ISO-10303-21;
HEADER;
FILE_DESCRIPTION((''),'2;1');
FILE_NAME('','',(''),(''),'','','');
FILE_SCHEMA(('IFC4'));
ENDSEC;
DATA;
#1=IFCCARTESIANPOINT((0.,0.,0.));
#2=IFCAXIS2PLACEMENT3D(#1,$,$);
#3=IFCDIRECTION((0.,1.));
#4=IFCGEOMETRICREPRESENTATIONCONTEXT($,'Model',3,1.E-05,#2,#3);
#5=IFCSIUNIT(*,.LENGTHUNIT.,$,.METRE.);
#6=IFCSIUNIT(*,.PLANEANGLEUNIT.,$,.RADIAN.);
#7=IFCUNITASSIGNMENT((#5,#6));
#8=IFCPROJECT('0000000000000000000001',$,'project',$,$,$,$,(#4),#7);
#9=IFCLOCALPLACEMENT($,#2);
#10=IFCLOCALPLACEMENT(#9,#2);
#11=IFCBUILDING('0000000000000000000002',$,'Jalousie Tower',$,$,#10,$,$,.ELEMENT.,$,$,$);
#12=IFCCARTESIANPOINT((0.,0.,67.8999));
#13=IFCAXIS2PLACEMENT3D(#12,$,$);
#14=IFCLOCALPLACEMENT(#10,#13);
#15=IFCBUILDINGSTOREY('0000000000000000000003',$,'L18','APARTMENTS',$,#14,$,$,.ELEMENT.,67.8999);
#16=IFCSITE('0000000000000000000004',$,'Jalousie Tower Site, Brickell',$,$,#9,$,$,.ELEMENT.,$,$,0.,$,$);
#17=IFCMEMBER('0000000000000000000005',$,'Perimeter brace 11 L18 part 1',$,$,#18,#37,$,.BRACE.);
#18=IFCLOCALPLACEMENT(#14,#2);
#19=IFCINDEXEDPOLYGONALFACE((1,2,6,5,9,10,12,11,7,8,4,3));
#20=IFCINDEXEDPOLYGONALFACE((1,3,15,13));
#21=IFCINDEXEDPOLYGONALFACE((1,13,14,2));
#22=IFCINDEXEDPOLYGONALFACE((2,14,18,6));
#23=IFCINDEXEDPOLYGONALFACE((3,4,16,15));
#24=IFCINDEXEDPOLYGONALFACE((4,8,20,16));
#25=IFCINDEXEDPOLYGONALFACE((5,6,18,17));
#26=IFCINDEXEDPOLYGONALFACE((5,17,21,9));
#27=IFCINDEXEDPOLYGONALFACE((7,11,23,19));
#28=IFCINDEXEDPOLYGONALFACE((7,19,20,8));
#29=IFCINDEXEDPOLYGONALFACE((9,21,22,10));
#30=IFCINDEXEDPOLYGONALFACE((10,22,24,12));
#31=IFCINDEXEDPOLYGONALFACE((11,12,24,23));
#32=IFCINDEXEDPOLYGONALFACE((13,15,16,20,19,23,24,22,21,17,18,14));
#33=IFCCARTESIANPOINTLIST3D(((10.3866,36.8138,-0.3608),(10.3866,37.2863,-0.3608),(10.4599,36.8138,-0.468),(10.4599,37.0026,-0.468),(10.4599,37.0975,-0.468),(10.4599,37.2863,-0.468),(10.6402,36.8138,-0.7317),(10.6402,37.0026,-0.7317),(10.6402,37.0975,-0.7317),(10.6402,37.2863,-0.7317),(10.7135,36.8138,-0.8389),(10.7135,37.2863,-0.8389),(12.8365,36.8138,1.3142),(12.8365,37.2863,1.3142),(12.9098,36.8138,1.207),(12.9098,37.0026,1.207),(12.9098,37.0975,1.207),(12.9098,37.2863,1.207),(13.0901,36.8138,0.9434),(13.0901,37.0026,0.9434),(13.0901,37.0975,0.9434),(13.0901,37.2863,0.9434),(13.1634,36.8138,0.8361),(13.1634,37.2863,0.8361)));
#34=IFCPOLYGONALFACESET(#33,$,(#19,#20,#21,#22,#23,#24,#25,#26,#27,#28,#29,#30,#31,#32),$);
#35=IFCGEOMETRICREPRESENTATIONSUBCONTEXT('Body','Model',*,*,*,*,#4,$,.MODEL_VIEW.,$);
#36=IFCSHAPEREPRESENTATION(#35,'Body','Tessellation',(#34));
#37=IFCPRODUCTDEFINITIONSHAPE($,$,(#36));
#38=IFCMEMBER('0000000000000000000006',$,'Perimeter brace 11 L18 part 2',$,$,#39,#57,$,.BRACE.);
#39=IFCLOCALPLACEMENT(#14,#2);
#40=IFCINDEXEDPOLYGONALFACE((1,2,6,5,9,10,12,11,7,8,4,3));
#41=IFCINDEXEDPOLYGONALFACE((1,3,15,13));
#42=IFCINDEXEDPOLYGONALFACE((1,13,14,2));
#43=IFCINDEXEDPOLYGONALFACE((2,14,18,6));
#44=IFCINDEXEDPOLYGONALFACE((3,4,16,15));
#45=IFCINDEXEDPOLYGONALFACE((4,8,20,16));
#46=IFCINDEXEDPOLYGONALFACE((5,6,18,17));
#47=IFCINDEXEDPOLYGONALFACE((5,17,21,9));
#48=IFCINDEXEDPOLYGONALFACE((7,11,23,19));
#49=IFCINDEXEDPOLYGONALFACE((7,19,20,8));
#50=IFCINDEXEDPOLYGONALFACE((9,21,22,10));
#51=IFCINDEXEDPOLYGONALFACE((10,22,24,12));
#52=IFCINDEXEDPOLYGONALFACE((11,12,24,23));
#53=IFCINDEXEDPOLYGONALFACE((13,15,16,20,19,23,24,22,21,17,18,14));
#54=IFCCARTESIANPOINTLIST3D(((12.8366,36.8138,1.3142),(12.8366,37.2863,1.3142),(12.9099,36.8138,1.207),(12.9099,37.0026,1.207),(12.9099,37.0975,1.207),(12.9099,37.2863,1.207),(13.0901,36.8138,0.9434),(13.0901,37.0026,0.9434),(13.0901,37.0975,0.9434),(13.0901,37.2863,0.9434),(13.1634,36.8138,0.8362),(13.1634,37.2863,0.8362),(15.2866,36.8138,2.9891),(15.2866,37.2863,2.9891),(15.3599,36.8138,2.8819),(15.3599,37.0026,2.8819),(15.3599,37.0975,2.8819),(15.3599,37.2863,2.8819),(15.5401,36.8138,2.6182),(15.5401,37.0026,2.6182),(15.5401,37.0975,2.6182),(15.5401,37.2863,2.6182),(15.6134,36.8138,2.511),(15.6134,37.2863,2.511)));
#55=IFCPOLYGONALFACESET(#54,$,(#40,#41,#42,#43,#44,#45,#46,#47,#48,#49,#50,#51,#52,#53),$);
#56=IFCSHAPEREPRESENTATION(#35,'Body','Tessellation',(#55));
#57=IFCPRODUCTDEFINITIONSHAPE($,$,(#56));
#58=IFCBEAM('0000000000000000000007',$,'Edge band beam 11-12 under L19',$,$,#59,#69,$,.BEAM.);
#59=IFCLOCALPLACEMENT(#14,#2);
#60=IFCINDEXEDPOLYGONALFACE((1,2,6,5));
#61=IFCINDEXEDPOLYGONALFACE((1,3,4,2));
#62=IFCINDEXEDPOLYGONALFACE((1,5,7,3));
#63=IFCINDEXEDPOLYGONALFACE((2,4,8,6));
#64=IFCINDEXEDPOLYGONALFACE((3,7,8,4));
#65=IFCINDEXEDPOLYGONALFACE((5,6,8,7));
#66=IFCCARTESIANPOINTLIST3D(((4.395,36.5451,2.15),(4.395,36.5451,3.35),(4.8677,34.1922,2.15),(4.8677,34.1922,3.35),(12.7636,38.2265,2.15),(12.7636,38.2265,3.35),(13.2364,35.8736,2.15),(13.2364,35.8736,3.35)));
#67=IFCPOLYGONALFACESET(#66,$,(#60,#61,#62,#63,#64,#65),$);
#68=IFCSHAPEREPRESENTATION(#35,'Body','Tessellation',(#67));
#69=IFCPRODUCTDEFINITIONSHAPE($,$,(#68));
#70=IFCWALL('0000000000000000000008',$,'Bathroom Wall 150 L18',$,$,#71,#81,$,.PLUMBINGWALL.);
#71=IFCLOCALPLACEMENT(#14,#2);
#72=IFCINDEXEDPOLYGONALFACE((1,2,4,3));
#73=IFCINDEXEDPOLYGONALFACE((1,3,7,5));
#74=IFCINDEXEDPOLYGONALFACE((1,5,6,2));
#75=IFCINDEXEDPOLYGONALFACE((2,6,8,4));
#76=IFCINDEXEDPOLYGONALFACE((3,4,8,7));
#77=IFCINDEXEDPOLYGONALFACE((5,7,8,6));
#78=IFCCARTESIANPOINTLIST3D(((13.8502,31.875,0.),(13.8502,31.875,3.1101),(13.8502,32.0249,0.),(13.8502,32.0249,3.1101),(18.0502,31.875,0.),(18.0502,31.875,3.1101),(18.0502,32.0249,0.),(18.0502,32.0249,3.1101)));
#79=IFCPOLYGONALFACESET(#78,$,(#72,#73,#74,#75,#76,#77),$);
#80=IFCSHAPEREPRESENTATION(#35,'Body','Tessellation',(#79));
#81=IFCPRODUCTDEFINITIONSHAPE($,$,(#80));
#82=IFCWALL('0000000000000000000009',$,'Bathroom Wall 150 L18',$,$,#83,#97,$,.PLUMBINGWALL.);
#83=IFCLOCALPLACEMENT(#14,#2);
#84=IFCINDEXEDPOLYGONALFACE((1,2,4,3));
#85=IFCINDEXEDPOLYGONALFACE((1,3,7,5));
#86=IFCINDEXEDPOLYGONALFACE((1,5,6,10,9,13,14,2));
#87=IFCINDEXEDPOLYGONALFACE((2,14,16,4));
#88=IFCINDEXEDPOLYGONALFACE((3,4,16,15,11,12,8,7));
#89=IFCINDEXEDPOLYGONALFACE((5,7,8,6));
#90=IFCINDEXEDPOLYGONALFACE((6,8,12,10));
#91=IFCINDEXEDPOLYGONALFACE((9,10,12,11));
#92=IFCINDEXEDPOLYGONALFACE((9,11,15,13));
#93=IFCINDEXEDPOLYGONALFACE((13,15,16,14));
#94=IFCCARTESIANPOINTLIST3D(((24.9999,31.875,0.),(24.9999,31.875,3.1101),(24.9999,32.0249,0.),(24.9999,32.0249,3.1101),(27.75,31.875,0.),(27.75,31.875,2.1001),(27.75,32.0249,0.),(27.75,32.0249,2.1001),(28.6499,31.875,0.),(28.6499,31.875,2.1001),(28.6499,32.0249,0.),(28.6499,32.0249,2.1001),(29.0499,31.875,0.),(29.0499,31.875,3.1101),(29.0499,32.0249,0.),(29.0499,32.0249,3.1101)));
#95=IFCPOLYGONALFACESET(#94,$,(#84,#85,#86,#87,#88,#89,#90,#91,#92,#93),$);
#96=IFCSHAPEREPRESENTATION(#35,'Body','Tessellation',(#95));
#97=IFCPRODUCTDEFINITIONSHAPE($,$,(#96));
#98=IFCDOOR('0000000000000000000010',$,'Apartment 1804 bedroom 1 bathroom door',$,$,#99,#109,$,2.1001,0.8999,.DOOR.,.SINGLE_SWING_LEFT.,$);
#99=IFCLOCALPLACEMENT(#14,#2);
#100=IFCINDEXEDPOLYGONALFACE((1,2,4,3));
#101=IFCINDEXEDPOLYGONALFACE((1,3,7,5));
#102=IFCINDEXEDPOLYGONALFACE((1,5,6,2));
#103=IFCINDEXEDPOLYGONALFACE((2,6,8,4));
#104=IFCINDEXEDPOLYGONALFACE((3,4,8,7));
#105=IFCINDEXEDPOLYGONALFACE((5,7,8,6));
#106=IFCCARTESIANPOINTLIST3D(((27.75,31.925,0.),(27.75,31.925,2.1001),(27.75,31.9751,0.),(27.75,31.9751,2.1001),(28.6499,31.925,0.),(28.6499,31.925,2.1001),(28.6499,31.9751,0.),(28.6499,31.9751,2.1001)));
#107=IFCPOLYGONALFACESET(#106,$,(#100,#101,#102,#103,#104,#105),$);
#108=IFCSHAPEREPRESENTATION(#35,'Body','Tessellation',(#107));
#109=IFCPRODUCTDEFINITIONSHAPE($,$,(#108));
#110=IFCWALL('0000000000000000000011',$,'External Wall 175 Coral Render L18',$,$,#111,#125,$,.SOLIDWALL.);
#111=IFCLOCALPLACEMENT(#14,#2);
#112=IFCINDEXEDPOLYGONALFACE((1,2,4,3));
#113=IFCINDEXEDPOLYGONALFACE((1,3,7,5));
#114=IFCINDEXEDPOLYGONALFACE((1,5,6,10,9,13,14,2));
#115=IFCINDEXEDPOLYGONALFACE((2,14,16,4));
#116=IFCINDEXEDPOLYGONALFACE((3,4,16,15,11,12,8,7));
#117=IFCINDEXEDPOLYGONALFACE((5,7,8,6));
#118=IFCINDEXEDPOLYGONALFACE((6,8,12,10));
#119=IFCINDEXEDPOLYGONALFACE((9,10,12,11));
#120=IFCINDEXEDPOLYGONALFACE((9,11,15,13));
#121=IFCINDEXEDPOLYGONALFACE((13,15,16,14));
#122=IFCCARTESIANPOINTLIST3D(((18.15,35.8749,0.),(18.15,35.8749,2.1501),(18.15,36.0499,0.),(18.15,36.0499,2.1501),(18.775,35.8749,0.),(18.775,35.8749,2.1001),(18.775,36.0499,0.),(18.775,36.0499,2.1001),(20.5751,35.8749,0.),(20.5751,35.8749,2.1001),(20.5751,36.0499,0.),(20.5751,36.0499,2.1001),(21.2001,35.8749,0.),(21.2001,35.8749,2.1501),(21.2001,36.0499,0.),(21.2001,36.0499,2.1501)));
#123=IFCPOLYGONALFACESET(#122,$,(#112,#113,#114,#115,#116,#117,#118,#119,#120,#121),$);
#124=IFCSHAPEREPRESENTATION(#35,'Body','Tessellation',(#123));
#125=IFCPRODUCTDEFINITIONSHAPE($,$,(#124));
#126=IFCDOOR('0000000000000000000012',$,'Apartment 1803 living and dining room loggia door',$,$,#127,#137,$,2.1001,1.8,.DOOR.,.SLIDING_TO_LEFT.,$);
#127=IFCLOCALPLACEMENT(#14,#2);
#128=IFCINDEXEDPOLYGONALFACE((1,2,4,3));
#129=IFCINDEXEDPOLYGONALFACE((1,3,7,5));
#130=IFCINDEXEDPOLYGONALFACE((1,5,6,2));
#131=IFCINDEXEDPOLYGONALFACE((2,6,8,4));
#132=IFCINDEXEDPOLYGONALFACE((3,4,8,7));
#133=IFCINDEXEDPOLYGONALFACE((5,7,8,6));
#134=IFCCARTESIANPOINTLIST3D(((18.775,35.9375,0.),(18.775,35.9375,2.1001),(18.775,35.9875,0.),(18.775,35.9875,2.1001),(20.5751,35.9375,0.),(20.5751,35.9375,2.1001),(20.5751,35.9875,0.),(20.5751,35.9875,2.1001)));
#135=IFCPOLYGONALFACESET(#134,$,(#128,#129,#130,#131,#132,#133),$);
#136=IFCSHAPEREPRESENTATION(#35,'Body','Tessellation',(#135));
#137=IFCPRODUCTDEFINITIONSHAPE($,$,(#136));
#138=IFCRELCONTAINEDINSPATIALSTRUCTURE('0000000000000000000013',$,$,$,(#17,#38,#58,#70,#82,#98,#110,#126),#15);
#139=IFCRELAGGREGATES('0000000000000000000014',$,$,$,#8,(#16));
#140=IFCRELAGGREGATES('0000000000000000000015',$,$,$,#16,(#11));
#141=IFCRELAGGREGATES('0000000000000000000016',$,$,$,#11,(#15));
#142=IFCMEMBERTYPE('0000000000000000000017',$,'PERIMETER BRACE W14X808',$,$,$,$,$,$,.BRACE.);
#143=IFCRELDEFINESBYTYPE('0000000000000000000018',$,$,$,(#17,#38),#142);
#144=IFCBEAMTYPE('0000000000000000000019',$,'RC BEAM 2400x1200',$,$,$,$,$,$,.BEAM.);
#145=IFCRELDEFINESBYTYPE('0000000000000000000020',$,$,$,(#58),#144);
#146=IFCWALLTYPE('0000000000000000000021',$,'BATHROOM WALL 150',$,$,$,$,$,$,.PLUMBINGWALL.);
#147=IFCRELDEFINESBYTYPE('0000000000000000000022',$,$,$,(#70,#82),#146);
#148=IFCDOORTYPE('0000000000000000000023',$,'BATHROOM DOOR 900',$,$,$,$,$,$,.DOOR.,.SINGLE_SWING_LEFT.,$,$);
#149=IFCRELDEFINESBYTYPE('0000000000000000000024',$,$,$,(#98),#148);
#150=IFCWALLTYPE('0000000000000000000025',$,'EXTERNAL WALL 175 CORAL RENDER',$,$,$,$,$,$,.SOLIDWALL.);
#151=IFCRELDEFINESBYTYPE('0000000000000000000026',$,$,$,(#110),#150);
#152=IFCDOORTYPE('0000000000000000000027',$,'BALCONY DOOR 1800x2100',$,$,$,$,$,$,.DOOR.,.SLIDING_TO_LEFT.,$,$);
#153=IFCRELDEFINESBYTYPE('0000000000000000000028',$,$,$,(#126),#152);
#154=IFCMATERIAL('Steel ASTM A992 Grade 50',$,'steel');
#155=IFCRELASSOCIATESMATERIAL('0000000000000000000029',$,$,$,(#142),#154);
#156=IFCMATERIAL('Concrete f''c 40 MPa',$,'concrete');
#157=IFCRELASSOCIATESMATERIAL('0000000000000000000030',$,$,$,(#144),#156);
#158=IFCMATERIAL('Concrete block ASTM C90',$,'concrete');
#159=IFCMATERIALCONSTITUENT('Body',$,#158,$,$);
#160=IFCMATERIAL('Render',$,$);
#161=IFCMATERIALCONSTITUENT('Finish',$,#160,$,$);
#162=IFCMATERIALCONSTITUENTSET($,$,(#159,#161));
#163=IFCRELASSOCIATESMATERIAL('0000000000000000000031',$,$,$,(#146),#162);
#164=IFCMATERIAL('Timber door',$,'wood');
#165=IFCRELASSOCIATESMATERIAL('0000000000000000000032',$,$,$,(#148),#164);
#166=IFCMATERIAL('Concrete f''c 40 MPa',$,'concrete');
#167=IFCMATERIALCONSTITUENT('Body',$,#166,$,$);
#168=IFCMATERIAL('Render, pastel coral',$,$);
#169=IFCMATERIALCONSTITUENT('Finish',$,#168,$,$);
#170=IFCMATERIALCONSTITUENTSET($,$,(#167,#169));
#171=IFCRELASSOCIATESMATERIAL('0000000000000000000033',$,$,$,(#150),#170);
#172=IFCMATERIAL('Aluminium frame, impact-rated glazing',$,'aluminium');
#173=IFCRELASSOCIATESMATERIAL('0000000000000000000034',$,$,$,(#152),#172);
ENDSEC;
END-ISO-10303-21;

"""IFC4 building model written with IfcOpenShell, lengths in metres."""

from ifc_helpers import new_model, si_unit, direction, frame, frame_2d, origin, origin_2d, place, context, subcontext, project, spatial, rectangle, i_section, extrude, material, constituent, constituent_set, material_profile, profile_set, type_object, element, fill, save


model = new_model("IFC4")

# Units and contexts
model_context = context("Model", 3, precision=1e-05, world=origin(), true_north=direction((0.0, 1.0)))
body_context = subcontext(model_context, "Body", "Model", "MODEL_VIEW")
ifc_project = project(units=[si_unit("LENGTHUNIT", "METRE"), si_unit("PLANEANGLEUNIT", "RADIAN")], contexts=[model_context])

# Site, building, storey
site_placement = place(None, origin())
site = spatial("IfcSite", under=ifc_project, at=site_placement, Name="Jalousie Tower Site, Brickell", CompositionType="ELEMENT", RefElevation=0.0)
building_placement = place(site_placement, origin())
building = spatial("IfcBuilding", under=site, at=building_placement, Name="Jalousie Tower", CompositionType="ELEMENT")
storey_placement = place(building_placement, frame((0.0, 0.0, 67.8999)))
storey = spatial("IfcBuildingStorey", under=building, at=storey_placement, Name="L18", Description="APARTMENTS", CompositionType="ELEMENT", Elevation=67.8999)

# Members
ifc_material_1 = material(Name="Steel ASTM A992 Grade 50", Category="steel")
ifc_material_profile_1 = material_profile(ifc_material_1, i_section(OverallWidth=0.4724, OverallDepth=0.5791, WebThickness=0.095, FlangeThickness=0.1299, at=origin_2d()), Name="W14X808")
ifc_profile_set_1 = profile_set([ifc_material_profile_1], Name="Steel ASTM A992 Grade 50")
member_type = type_object("IfcMemberType", Name="PERIMETER BRACE W14X808", PredefinedType="BRACE", material=ifc_profile_set_1)
for number, where, z_axis, x_axis, name in (
    (1, (10.55, 37.05, -0.5999), (0.825501, 0.0, 0.564401), (0.0, 1.0, 0.0), "Perimeter brace 11 L18 part 1"),
    (2, (13.0, 37.05, 1.0752), (0.825539, 0.0, 0.564345), (0.0, 1.0, 0.0), "Perimeter brace 11 L18 part 2"),
):
    element("IfcMember", number, at=place(storey_placement, frame(where, z_axis=z_axis, x_axis=x_axis)), inside=storey, type_object=member_type, Name=name, PredefinedType="BRACE", context=body_context, shape_type="SweptSolid", body=[
        extrude(i_section(OverallWidth=0.4724, OverallDepth=0.5791, WebThickness=0.095, FlangeThickness=0.1299, at=origin_2d()), origin(), (0.0, 0.0, 1.0), 2.9678),
    ])

# Beam
ifc_material_2 = material(Name="Concrete f'c 40 MPa", Category="concrete")
ifc_material_profile_2 = material_profile(ifc_material_2, rectangle(XDim=2.3999, YDim=1.2, at=origin_2d()), Name="RC 2400x1200")
ifc_profile_set_2 = profile_set([ifc_material_profile_2], Name="Concrete f'c 40 MPa")
beam_type = type_object("IfcBeamType", Name="RC BEAM 2400x1200", PredefinedType="BEAM", material=ifc_profile_set_2)
beam_placement = place(storey_placement, frame((13.0, 37.05, 2.75), z_axis=(-0.980408, -0.19698, 0.0), x_axis=(0.19698, -0.980408, 0.0)))
element("IfcBeam", 3, at=beam_placement, inside=storey, type_object=beam_type, Name="Edge band beam 11-12 under L19", PredefinedType="BEAM", context=body_context, shape_type="SweptSolid", body=[
    extrude(rectangle(XDim=2.3999, YDim=1.2, at=origin_2d()), origin(), (0.0, 0.0, 1.0), 8.5359),
])

# Wall
ifc_material_3 = material(Name="Concrete block ASTM C90", Category="concrete")
ifc_constituent_1 = constituent(ifc_material_3, Name="Body")
ifc_material_4 = material(Name="Render")
ifc_constituent_2 = constituent(ifc_material_4, Name="Finish")
ifc_constituent_set_1 = constituent_set(constituents=[ifc_constituent_1, ifc_constituent_2])
wall_type_1 = type_object("IfcWallType", Name="BATHROOM WALL 150", PredefinedType="PLUMBINGWALL", material=ifc_constituent_set_1)
wall_1_placement = place(storey_placement, frame((13.8501, 31.95, 0.0), z_axis=(0.0, 0.0, 1.0), x_axis=(1.0, 0.0, 0.0)))
element("IfcWall", 4, at=wall_1_placement, inside=storey, type_object=wall_type_1, Name="Bathroom Wall 150 L18", PredefinedType="PLUMBINGWALL", context=body_context, shape_type="SweptSolid", body=[
    extrude(rectangle(XDim=4.2, YDim=0.1499, at=frame_2d((2.1001, 0.0))), origin(), (0.0, 0.0, 1.0), 3.1101),
])

# Walls, openings, doors
wall_2_placement = place(storey_placement, frame((25.0, 31.95, 0.0), z_axis=(0.0, 0.0, 1.0), x_axis=(1.0, 0.0, 0.0)))
wall_2 = element("IfcWall", 5, at=wall_2_placement, inside=storey, type_object=wall_type_1, Name="Bathroom Wall 150 L18", PredefinedType="PLUMBINGWALL", context=body_context, shape_type="SweptSolid", body=[
    extrude(rectangle(XDim=4.05, YDim=0.1499, at=frame_2d((2.0249, 0.0))), origin(), (0.0, 0.0, 1.0), 3.1101),
])
opening_1_placement = place(wall_2_placement, frame((2.75, 0.0, 0.0)))
opening_1 = element("IfcOpeningElement", 6, at=opening_1_placement, cuts=wall_2, PredefinedType="OPENING", context=body_context, shape_type="SweptSolid", body=[
    extrude(rectangle(XDim=0.8999, YDim=2.1001, at=frame_2d((0.45, 1.05))), frame((0.0, 0.085, 0.0), z_axis=(0.0, -1.0, 0.0), x_axis=(1.0, 0.0, 0.0)), (0.0, 0.0, 1.0), 0.1699),
])
ifc_material_5 = material(Name="Timber door", Category="wood")
door_type_1 = type_object("IfcDoorType", Name="BATHROOM DOOR 900", OperationType="SINGLE_SWING_LEFT", PredefinedType="DOOR", material=ifc_material_5)
door_1_placement = place(opening_1_placement, frame((0.8999, 0.0, 0.0), z_axis=(0.0, 0.0, 1.0), x_axis=(-1.0, 0.0, 0.0)))
door_1 = element("IfcDoor", 7, at=door_1_placement, inside=storey, type_object=door_type_1, Name="Apartment 1804 bedroom 1 bathroom door", OperationType="SINGLE_SWING_LEFT", OverallHeight=2.1001, OverallWidth=0.8999, PredefinedType="DOOR", context=body_context, shape_type="SweptSolid", body=[
    extrude(rectangle(XDim=0.8999, YDim=2.1001, at=frame_2d((0.45, 1.05))), frame((0.0, 0.0249, 0.0), z_axis=(0.0, -1.0, 0.0), x_axis=(1.0, 0.0, 0.0)), (0.0, 0.0, 1.0), 0.05),
])
fill(opening_1, door_1)
ifc_material_6 = material(Name="Concrete f'c 40 MPa", Category="concrete")
ifc_constituent_3 = constituent(ifc_material_6, Name="Body")
ifc_material_7 = material(Name="Render, pastel coral")
ifc_constituent_4 = constituent(ifc_material_7, Name="Finish")
ifc_constituent_set_2 = constituent_set(constituents=[ifc_constituent_3, ifc_constituent_4])
wall_type_2 = type_object("IfcWallType", Name="EXTERNAL WALL 175 CORAL RENDER", PredefinedType="SOLIDWALL", material=ifc_constituent_set_2)
wall_3_placement = place(storey_placement, frame((21.2, 35.9624, 0.0), z_axis=(0.0, 0.0, 1.0), x_axis=(-1.0, 0.0, 0.0)))
wall_3 = element("IfcWall", 8, at=wall_3_placement, inside=storey, type_object=wall_type_2, Name="External Wall 175 Coral Render L18", PredefinedType="SOLIDWALL", context=body_context, shape_type="SweptSolid", body=[
    extrude(rectangle(XDim=3.05, YDim=0.175, at=frame_2d((1.5249, 0.0))), origin(), (0.0, 0.0, 1.0), 2.1501),
])
opening_2_placement = place(wall_3_placement, frame((0.625, 0.0, 0.0)))
opening_2 = element("IfcOpeningElement", 9, at=opening_2_placement, cuts=wall_3, PredefinedType="OPENING", context=body_context, shape_type="SweptSolid", body=[
    extrude(rectangle(XDim=1.8, YDim=2.1001, at=frame_2d((0.8999, 1.05))), frame((0.0, 0.0974, 0.0), z_axis=(0.0, -1.0, 0.0), x_axis=(1.0, 0.0, 0.0)), (0.0, 0.0, 1.0), 0.1951),
])
ifc_material_8 = material(Name="Aluminium frame, impact-rated glazing", Category="aluminium")
door_type_2 = type_object("IfcDoorType", Name="BALCONY DOOR 1800x2100", OperationType="SLIDING_TO_LEFT", PredefinedType="DOOR", material=ifc_material_8)
door_2_placement = place(opening_2_placement, origin())
door_2 = element("IfcDoor", 10, at=door_2_placement, inside=storey, type_object=door_type_2, Name="Apartment 1803 living and dining room loggia door", OperationType="SLIDING_TO_LEFT", OverallHeight=2.1001, OverallWidth=1.8, PredefinedType="DOOR", context=body_context, shape_type="SweptSolid", body=[
    extrude(rectangle(XDim=1.8, YDim=2.1001, at=frame_2d((0.8999, 1.05))), frame((0.0, 0.0249, 0.0), z_axis=(0.0, -1.0, 0.0), x_axis=(1.0, 0.0, 0.0)), (0.0, 0.0, 1.0), 0.05),
])
fill(opening_2, door_2)

save(model, "model.ifc")
